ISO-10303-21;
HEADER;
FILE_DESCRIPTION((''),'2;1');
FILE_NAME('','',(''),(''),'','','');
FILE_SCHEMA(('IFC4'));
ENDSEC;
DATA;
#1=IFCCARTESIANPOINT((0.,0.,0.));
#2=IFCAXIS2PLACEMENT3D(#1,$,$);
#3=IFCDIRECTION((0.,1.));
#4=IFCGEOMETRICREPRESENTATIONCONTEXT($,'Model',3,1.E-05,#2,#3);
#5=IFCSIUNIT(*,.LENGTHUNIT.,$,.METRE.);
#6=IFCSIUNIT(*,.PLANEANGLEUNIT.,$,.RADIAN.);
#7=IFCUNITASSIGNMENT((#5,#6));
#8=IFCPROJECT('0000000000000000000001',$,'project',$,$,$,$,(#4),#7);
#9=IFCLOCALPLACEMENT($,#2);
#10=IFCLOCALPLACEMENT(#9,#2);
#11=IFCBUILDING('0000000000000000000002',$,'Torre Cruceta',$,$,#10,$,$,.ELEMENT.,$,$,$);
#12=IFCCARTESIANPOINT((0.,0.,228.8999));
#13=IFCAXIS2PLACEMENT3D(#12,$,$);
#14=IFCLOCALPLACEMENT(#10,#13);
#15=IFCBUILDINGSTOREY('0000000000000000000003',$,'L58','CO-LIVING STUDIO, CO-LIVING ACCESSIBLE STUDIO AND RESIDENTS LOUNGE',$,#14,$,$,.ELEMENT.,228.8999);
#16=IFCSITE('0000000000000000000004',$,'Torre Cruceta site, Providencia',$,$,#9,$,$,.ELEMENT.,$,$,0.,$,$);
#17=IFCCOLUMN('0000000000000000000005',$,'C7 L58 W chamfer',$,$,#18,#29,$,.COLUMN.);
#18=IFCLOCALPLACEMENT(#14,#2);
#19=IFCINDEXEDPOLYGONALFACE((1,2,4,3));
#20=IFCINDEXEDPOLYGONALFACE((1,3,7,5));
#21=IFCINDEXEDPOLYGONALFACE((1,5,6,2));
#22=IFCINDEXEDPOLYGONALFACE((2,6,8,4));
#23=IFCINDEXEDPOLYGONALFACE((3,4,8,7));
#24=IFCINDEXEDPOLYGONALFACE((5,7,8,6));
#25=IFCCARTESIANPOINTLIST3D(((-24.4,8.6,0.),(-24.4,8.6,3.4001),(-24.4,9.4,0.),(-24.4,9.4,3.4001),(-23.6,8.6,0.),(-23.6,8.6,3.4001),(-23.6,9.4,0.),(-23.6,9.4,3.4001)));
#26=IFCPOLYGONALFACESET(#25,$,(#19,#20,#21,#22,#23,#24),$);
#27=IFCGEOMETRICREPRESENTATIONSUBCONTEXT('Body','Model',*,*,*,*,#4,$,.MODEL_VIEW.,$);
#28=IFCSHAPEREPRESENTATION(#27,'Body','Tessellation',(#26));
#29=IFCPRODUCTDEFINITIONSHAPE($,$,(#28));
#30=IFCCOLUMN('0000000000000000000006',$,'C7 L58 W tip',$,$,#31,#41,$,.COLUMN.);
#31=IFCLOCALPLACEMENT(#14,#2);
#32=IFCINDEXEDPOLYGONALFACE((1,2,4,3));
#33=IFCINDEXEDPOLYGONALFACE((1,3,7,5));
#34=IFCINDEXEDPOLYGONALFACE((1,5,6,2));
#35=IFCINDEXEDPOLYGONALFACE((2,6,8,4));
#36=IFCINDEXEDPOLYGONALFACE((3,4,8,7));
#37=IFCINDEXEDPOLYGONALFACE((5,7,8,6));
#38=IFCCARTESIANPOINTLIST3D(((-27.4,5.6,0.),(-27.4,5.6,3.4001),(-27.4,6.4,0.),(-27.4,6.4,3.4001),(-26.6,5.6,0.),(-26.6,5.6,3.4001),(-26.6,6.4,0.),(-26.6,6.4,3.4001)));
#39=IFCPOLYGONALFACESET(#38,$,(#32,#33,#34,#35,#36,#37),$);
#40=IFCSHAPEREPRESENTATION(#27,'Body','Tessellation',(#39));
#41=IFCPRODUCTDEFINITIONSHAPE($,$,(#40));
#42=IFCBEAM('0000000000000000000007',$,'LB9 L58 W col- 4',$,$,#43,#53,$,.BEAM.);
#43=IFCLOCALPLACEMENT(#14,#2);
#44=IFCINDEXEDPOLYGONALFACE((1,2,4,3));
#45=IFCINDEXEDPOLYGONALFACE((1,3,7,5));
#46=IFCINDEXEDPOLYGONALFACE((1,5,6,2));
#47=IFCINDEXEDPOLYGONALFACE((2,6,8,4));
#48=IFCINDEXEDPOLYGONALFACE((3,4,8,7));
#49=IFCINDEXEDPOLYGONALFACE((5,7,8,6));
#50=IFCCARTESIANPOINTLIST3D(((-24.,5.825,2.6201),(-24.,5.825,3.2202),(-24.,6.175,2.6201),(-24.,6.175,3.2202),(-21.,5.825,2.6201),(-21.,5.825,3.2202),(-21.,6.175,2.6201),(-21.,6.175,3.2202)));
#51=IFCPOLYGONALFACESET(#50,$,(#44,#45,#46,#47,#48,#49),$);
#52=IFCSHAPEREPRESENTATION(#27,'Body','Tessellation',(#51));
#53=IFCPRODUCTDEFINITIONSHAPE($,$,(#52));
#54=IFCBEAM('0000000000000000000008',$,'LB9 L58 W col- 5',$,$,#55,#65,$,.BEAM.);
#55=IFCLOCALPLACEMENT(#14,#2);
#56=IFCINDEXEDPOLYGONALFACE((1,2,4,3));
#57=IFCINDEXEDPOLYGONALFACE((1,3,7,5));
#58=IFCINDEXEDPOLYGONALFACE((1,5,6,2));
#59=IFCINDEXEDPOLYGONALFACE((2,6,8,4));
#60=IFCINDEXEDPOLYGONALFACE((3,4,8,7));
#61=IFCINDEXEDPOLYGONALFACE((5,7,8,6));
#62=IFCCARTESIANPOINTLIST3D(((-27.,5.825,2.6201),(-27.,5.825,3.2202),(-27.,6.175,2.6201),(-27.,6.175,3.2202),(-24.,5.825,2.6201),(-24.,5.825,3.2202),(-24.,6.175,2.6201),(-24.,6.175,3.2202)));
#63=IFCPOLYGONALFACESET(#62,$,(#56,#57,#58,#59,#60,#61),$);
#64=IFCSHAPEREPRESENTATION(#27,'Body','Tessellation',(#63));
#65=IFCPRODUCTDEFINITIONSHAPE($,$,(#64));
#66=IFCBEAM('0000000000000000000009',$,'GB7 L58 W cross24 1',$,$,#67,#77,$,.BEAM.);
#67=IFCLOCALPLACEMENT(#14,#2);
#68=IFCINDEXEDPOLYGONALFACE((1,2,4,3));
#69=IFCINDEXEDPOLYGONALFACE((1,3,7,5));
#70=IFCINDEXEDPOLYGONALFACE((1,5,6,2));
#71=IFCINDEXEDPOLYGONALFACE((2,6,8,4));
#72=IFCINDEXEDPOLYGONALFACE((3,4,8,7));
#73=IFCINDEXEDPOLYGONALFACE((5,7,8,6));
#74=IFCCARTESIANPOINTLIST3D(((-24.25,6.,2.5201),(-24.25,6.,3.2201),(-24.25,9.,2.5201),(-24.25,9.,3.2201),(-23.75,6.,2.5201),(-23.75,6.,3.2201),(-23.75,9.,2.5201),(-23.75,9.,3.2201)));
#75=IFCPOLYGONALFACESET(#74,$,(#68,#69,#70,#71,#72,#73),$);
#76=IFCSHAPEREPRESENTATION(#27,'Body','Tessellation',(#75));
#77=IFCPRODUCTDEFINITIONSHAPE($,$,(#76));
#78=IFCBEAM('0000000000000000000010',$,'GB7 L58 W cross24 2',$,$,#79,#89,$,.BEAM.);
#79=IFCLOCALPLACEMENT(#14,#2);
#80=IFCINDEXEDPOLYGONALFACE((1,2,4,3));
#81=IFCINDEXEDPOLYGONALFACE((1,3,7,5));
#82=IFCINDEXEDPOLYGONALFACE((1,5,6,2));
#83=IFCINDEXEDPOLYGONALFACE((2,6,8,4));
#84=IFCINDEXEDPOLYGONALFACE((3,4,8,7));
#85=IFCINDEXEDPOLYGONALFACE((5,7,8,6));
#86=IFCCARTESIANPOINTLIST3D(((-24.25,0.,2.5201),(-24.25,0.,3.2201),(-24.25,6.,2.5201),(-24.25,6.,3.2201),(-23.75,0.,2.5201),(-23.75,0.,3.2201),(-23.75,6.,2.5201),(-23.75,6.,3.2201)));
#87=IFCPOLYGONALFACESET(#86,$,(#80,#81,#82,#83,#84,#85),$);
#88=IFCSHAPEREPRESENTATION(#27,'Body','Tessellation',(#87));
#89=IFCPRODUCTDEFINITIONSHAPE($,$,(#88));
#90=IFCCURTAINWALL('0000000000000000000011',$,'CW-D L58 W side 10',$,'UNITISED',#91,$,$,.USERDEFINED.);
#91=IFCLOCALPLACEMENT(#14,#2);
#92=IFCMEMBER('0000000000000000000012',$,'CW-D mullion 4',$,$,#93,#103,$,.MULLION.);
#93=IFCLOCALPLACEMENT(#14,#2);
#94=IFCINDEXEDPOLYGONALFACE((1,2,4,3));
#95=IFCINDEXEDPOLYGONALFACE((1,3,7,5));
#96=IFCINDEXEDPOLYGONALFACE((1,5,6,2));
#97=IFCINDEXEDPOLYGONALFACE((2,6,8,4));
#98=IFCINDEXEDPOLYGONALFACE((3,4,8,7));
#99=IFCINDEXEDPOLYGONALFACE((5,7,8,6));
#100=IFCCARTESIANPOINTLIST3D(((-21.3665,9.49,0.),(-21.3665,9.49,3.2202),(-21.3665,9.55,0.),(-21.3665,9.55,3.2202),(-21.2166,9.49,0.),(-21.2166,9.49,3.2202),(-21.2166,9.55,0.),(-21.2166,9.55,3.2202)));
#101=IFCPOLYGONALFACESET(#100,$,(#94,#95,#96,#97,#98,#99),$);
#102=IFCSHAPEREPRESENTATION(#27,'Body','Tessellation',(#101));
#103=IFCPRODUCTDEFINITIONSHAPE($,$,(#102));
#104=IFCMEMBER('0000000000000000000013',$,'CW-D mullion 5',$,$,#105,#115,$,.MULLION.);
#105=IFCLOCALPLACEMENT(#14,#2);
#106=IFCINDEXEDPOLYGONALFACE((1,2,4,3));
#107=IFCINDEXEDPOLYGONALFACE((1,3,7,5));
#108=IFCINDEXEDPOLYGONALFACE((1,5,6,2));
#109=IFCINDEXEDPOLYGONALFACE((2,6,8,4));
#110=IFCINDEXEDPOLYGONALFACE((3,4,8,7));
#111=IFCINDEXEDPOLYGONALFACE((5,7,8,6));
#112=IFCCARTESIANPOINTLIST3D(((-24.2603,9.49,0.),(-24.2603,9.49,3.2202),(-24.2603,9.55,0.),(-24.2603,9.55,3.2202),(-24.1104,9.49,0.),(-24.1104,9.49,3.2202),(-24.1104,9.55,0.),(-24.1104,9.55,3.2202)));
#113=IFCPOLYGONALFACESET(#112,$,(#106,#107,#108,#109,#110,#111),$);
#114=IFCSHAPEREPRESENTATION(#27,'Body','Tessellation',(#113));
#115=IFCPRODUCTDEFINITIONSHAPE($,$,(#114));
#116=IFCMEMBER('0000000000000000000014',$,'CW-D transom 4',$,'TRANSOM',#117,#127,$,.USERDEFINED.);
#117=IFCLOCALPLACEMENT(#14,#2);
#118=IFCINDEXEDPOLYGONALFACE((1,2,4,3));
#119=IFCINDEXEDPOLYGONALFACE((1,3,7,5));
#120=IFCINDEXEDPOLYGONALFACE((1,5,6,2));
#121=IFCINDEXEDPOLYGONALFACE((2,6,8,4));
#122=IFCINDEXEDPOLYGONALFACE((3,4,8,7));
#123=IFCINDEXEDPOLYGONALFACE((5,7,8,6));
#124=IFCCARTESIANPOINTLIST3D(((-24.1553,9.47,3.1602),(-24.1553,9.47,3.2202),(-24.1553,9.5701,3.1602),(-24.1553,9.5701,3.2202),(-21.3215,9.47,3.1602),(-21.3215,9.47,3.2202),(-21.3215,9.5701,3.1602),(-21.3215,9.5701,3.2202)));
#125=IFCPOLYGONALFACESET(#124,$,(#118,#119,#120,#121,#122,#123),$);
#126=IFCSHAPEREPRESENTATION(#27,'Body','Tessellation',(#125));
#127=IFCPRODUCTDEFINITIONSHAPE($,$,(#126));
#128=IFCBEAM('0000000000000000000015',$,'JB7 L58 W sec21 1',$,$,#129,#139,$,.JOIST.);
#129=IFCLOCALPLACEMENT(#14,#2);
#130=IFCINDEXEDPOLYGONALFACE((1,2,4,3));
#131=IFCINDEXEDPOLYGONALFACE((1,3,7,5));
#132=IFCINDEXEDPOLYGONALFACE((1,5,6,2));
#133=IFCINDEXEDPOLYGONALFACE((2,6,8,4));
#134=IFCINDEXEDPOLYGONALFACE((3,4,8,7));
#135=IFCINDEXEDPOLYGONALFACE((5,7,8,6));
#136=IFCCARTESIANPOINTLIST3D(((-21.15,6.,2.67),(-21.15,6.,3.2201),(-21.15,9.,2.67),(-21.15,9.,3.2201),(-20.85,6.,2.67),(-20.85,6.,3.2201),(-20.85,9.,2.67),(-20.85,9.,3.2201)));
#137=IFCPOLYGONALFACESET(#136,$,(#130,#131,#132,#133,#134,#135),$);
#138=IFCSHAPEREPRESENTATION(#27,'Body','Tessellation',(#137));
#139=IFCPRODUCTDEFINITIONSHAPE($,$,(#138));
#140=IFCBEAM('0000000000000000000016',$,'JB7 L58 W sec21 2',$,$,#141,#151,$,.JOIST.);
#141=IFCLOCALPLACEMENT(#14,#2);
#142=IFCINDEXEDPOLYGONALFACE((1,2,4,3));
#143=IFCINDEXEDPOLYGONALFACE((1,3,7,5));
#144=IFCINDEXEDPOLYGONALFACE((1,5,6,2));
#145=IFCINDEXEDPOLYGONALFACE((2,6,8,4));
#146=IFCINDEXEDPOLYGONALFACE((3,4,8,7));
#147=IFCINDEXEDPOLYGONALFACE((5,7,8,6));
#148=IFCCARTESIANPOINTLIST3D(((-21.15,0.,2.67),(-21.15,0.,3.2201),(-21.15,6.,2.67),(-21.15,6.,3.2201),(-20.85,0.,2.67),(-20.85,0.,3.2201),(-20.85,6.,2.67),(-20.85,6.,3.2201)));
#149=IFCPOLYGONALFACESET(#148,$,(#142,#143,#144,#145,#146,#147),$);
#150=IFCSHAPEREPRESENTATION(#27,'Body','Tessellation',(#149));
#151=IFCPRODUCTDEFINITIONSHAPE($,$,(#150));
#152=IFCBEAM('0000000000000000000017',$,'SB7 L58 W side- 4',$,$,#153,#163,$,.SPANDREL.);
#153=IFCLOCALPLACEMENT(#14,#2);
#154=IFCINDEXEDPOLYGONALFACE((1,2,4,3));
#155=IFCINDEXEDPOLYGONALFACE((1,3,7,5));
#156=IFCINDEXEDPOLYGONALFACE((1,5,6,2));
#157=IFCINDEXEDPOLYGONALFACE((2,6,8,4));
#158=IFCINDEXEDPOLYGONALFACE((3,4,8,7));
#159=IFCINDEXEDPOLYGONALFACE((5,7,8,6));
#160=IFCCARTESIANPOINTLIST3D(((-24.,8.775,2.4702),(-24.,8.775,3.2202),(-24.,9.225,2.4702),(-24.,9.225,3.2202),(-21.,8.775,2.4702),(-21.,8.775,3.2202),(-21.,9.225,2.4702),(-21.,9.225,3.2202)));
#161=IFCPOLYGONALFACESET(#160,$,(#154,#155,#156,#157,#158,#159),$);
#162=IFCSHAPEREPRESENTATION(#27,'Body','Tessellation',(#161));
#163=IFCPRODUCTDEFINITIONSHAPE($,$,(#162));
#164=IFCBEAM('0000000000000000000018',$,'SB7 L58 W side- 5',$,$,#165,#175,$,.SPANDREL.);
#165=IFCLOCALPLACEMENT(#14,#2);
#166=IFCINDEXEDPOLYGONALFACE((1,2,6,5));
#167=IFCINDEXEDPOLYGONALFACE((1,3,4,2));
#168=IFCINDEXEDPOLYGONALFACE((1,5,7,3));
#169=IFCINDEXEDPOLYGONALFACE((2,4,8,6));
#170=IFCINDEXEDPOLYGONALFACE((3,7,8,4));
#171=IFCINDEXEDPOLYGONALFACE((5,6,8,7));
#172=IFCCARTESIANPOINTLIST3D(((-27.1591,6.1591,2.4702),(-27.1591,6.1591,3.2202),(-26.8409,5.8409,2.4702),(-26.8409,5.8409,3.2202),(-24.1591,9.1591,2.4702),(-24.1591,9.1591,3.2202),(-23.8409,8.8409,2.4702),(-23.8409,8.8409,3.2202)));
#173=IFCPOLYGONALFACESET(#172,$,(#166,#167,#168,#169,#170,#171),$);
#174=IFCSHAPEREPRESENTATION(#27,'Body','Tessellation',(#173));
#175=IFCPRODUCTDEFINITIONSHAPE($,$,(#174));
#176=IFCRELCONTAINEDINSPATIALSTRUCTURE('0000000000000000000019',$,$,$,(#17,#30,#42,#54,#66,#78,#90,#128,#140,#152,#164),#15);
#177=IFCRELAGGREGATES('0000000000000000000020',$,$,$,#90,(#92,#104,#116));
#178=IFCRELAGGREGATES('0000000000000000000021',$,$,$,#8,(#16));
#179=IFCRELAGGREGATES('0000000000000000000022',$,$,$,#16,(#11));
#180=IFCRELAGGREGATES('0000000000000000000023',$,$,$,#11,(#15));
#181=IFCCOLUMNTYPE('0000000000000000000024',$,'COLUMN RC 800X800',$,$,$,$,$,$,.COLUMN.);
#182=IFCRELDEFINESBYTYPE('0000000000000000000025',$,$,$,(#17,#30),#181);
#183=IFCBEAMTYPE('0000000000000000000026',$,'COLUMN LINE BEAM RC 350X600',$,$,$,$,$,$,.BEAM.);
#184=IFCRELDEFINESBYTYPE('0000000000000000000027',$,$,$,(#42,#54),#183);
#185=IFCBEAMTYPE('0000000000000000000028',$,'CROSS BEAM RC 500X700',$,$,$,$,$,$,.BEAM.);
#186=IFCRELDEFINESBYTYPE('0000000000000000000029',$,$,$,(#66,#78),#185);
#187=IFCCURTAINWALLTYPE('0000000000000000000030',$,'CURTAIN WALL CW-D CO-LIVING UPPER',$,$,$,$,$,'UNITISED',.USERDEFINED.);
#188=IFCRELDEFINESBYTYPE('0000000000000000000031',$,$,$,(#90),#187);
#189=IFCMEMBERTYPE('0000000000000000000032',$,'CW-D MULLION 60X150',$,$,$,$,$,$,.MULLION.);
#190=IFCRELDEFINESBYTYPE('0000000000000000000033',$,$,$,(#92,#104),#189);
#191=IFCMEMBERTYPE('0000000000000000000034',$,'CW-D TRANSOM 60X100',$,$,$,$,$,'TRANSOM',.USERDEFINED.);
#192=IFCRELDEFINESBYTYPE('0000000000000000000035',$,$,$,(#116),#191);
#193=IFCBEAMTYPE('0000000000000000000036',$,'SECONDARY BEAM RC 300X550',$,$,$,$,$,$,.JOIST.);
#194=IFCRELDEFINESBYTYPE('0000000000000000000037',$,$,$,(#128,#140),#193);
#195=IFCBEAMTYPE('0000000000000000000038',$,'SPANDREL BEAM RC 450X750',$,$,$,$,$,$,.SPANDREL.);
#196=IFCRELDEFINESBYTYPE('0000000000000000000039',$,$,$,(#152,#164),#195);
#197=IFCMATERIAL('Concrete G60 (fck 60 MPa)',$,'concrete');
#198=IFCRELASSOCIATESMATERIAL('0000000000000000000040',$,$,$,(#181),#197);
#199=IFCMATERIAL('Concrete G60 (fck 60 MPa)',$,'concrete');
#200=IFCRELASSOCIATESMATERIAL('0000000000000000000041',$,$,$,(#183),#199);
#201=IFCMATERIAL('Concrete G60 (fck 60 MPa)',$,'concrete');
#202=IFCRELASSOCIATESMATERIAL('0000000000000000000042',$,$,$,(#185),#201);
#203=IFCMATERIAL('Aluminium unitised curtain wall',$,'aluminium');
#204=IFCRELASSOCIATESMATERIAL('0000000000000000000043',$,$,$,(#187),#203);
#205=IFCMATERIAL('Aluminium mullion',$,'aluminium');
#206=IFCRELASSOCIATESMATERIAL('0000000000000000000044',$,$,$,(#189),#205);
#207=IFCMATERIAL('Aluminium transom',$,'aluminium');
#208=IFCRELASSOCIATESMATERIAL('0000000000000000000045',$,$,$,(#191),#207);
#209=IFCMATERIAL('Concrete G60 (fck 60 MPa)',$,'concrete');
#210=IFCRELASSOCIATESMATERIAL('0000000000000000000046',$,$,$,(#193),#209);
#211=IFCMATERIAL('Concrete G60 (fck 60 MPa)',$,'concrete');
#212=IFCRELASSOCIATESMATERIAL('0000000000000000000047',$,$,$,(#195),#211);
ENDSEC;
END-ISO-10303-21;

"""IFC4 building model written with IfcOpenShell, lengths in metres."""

from ifc_helpers import new_model, si_unit, direction, frame, origin, origin_2d, place, context, subcontext, project, spatial, rectangle, extrude, material, material_profile, profile_set, type_object, element, aggregate, save


model = new_model("IFC4")

# Units and contexts
model_context = context("Model", 3, precision=1e-05, world=origin(), true_north=direction((0.0, 1.0)))
body_context = subcontext(model_context, "Body", "Model", "MODEL_VIEW")
ifc_project = project(units=[si_unit("LENGTHUNIT", "METRE"), si_unit("PLANEANGLEUNIT", "RADIAN")], contexts=[model_context])

# Site, building, storey
site_placement = place(None, origin())
site = spatial("IfcSite", under=ifc_project, at=site_placement, Name="Torre Cruceta site, Providencia", CompositionType="ELEMENT", RefElevation=0.0)
building_placement = place(site_placement, origin())
building = spatial("IfcBuilding", under=site, at=building_placement, Name="Torre Cruceta", CompositionType="ELEMENT")
storey_placement = place(building_placement, frame((0.0, 0.0, 228.8999)))
storey = spatial("IfcBuildingStorey", under=building, at=storey_placement, Name="L58", Description="CO-LIVING STUDIO, CO-LIVING ACCESSIBLE STUDIO AND RESIDENTS LOUNGE", CompositionType="ELEMENT", Elevation=228.8999)

# Columns
ifc_material_1 = material(Name="Concrete G60 (fck 60 MPa)", Category="concrete")
ifc_material_profile_1 = material_profile(ifc_material_1, rectangle(XDim=0.8, YDim=0.8, at=origin_2d()), Name="RC 800X800")
ifc_profile_set_1 = profile_set([ifc_material_profile_1], Name="Concrete G60 (fck 60 MPa)")
column_type = type_object("IfcColumnType", Name="COLUMN RC 800X800", PredefinedType="COLUMN", material=ifc_profile_set_1)
for number, where, z_axis, x_axis, name in (
    (1, (-24.0, 9.0, 0.0), (0.0, 0.0, 1.0), (1.0, 0.0, 0.0), "C7 L58 W chamfer"),
    (2, (-27.0, 6.0, 0.0), (0.0, 0.0, 1.0), (1.0, 0.0, 0.0), "C7 L58 W tip"),
):
    element("IfcColumn", number, at=place(storey_placement, frame(where, z_axis=z_axis, x_axis=x_axis)), inside=storey, type_object=column_type, Name=name, PredefinedType="COLUMN", context=body_context, shape_type="SweptSolid", body=[
        extrude(rectangle(XDim=0.8, YDim=0.8, at=origin_2d()), origin(), (0.0, 0.0, 1.0), 3.4001),
    ])

# Beams
ifc_material_2 = material(Name="Concrete G60 (fck 60 MPa)", Category="concrete")
ifc_material_profile_2 = material_profile(ifc_material_2, rectangle(XDim=0.3501, YDim=0.6001, at=origin_2d()), Name="RC 350X600")
ifc_profile_set_2 = profile_set([ifc_material_profile_2], Name="Concrete G60 (fck 60 MPa)")
beam_type_1 = type_object("IfcBeamType", Name="COLUMN LINE BEAM RC 350X600", PredefinedType="BEAM", material=ifc_profile_set_2)
for number, where, z_axis, x_axis, name in (
    (3, (-21.0, 6.0, 2.9202), (-1.0, 0.0, 0.0), (0.0, -1.0, 0.0), "LB9 L58 W col- 4"),
    (4, (-24.0, 6.0, 2.9202), (-1.0, 0.0, 0.0), (0.0, -1.0, 0.0), "LB9 L58 W col- 5"),
):
    element("IfcBeam", number, at=place(storey_placement, frame(where, z_axis=z_axis, x_axis=x_axis)), inside=storey, type_object=beam_type_1, Name=name, PredefinedType="BEAM", context=body_context, shape_type="SweptSolid", body=[
        extrude(rectangle(XDim=0.3501, YDim=0.6001, at=origin_2d()), origin(), (0.0, 0.0, 1.0), 3.0),
    ])
ifc_material_3 = material(Name="Concrete G60 (fck 60 MPa)", Category="concrete")
ifc_material_profile_3 = material_profile(ifc_material_3, rectangle(XDim=0.5, YDim=0.7, at=origin_2d()), Name="RC 500X700")
ifc_profile_set_3 = profile_set([ifc_material_profile_3], Name="Concrete G60 (fck 60 MPa)")
beam_type_2 = type_object("IfcBeamType", Name="CROSS BEAM RC 500X700", PredefinedType="BEAM", material=ifc_profile_set_3)
beam_1_placement = place(storey_placement, frame((-24.0, 9.0, 2.8701), z_axis=(0.0, -1.0, 0.0), x_axis=(1.0, 0.0, 0.0)))
element("IfcBeam", 5, at=beam_1_placement, inside=storey, type_object=beam_type_2, Name="GB7 L58 W cross24 1", PredefinedType="BEAM", context=body_context, shape_type="SweptSolid", body=[
    extrude(rectangle(XDim=0.5, YDim=0.7, at=origin_2d()), origin(), (0.0, 0.0, 1.0), 3.0),
])
beam_2_placement = place(storey_placement, frame((-24.0, 6.0, 2.8701), z_axis=(0.0, -1.0, 0.0), x_axis=(1.0, 0.0, 0.0)))
element("IfcBeam", 6, at=beam_2_placement, inside=storey, type_object=beam_type_2, Name="GB7 L58 W cross24 2", PredefinedType="BEAM", context=body_context, shape_type="SweptSolid", body=[
    extrude(rectangle(XDim=0.5, YDim=0.7, at=origin_2d()), origin(), (0.0, 0.0, 1.0), 6.0),
])

# Curtain wall, members
ifc_material_4 = material(Name="Aluminium unitised curtain wall", Category="aluminium")
curtain_wall_type = type_object("IfcCurtainWallType", Name="CURTAIN WALL CW-D CO-LIVING UPPER", ElementType="UNITISED", PredefinedType="USERDEFINED", material=ifc_material_4)
curtain_wall_placement = place(storey_placement, origin())
curtain_wall = element("IfcCurtainWall", 7, at=curtain_wall_placement, inside=storey, type_object=curtain_wall_type, Name="CW-D L58 W side 10", ObjectType="UNITISED", PredefinedType="USERDEFINED")
ifc_material_5 = material(Name="Aluminium mullion", Category="aluminium")
ifc_material_profile_4 = material_profile(ifc_material_5, rectangle(XDim=0.0601, YDim=0.1499, at=origin_2d()), Name="AL 60X150")
ifc_profile_set_4 = profile_set([ifc_material_profile_4], Name="Aluminium mullion")
member_type_1 = type_object("IfcMemberType", Name="CW-D MULLION 60X150", PredefinedType="MULLION", material=ifc_profile_set_4)
member_1_placement = place(storey_placement, frame((-21.2915, 9.52, 0.0), z_axis=(0.0, 0.0, 1.0), x_axis=(0.0, -1.0, 0.0)))
member_1 = element("IfcMember", 8, at=member_1_placement, type_object=member_type_1, Name="CW-D mullion 4", PredefinedType="MULLION", context=body_context, shape_type="SweptSolid", body=[
    extrude(rectangle(XDim=0.0601, YDim=0.1499, at=origin_2d()), origin(), (0.0, 0.0, 1.0), 3.2202),
])
member_2_placement = place(storey_placement, frame((-24.1853, 9.52, 0.0), z_axis=(0.0, 0.0, 1.0), x_axis=(0.0, -1.0, 0.0)))
member_2 = element("IfcMember", 9, at=member_2_placement, type_object=member_type_1, Name="CW-D mullion 5", PredefinedType="MULLION", context=body_context, shape_type="SweptSolid", body=[
    extrude(rectangle(XDim=0.0601, YDim=0.1499, at=origin_2d()), origin(), (0.0, 0.0, 1.0), 3.2202),
])
ifc_material_6 = material(Name="Aluminium transom", Category="aluminium")
ifc_material_profile_5 = material_profile(ifc_material_6, rectangle(XDim=0.1001, YDim=0.0601, at=origin_2d()), Name="AL 100X60")
ifc_profile_set_5 = profile_set([ifc_material_profile_5], Name="Aluminium transom")
member_type_2 = type_object("IfcMemberType", Name="CW-D TRANSOM 60X100", ElementType="TRANSOM", PredefinedType="USERDEFINED", material=ifc_profile_set_5)
member_3_placement = place(storey_placement, frame((-21.3215, 9.52, 3.1902), z_axis=(-1.0, 0.0, 0.0), x_axis=(0.0, -1.0, 0.0)))
member_3 = element("IfcMember", 10, at=member_3_placement, type_object=member_type_2, Name="CW-D transom 4", ObjectType="TRANSOM", PredefinedType="USERDEFINED", context=body_context, shape_type="SweptSolid", body=[
    extrude(rectangle(XDim=0.1001, YDim=0.0601, at=origin_2d()), origin(), (0.0, 0.0, 1.0), 2.8337),
])

# Beams
ifc_material_7 = material(Name="Concrete G60 (fck 60 MPa)", Category="concrete")
ifc_material_profile_6 = material_profile(ifc_material_7, rectangle(XDim=0.3, YDim=0.55, at=origin_2d()), Name="RC 300X550")
ifc_profile_set_6 = profile_set([ifc_material_profile_6], Name="Concrete G60 (fck 60 MPa)")
beam_type_3 = type_object("IfcBeamType", Name="SECONDARY BEAM RC 300X550", PredefinedType="JOIST", material=ifc_profile_set_6)
beam_3_placement = place(storey_placement, frame((-21.0, 9.0, 2.9451), z_axis=(0.0, -1.0, 0.0), x_axis=(1.0, 0.0, 0.0)))
element("IfcBeam", 11, at=beam_3_placement, inside=storey, type_object=beam_type_3, Name="JB7 L58 W sec21 1", PredefinedType="JOIST", context=body_context, shape_type="SweptSolid", body=[
    extrude(rectangle(XDim=0.3, YDim=0.55, at=origin_2d()), origin(), (0.0, 0.0, 1.0), 3.0),
])
beam_4_placement = place(storey_placement, frame((-21.0, 6.0, 2.9451), z_axis=(0.0, -1.0, 0.0), x_axis=(1.0, 0.0, 0.0)))
element("IfcBeam", 12, at=beam_4_placement, inside=storey, type_object=beam_type_3, Name="JB7 L58 W sec21 2", PredefinedType="JOIST", context=body_context, shape_type="SweptSolid", body=[
    extrude(rectangle(XDim=0.3, YDim=0.55, at=origin_2d()), origin(), (0.0, 0.0, 1.0), 6.0),
])
ifc_material_8 = material(Name="Concrete G60 (fck 60 MPa)", Category="concrete")
ifc_material_profile_7 = material_profile(ifc_material_8, rectangle(XDim=0.45, YDim=0.75, at=origin_2d()), Name="RC 450X750")
ifc_profile_set_7 = profile_set([ifc_material_profile_7], Name="Concrete G60 (fck 60 MPa)")
beam_type_4 = type_object("IfcBeamType", Name="SPANDREL BEAM RC 450X750", PredefinedType="SPANDREL", material=ifc_profile_set_7)
beam_5_placement = place(storey_placement, frame((-21.0, 9.0, 2.8452), z_axis=(-1.0, 0.0, 0.0), x_axis=(0.0, -1.0, 0.0)))
element("IfcBeam", 13, at=beam_5_placement, inside=storey, type_object=beam_type_4, Name="SB7 L58 W side- 4", PredefinedType="SPANDREL", context=body_context, shape_type="SweptSolid", body=[
    extrude(rectangle(XDim=0.45, YDim=0.75, at=origin_2d()), origin(), (0.0, 0.0, 1.0), 3.0),
])
beam_6_placement = place(storey_placement, frame((-24.0, 9.0, 2.8452), z_axis=(-0.707107, -0.707107, 0.0), x_axis=(0.707107, -0.707107, 0.0)))
element("IfcBeam", 14, at=beam_6_placement, inside=storey, type_object=beam_type_4, Name="SB7 L58 W side- 5", PredefinedType="SPANDREL", context=body_context, shape_type="SweptSolid", body=[
    extrude(rectangle(XDim=0.45, YDim=0.75, at=origin_2d()), origin(), (0.0, 0.0, 1.0), 4.2427),
])

aggregate(curtain_wall, [member_1, member_2, member_3])

save(model, "model.ifc")
